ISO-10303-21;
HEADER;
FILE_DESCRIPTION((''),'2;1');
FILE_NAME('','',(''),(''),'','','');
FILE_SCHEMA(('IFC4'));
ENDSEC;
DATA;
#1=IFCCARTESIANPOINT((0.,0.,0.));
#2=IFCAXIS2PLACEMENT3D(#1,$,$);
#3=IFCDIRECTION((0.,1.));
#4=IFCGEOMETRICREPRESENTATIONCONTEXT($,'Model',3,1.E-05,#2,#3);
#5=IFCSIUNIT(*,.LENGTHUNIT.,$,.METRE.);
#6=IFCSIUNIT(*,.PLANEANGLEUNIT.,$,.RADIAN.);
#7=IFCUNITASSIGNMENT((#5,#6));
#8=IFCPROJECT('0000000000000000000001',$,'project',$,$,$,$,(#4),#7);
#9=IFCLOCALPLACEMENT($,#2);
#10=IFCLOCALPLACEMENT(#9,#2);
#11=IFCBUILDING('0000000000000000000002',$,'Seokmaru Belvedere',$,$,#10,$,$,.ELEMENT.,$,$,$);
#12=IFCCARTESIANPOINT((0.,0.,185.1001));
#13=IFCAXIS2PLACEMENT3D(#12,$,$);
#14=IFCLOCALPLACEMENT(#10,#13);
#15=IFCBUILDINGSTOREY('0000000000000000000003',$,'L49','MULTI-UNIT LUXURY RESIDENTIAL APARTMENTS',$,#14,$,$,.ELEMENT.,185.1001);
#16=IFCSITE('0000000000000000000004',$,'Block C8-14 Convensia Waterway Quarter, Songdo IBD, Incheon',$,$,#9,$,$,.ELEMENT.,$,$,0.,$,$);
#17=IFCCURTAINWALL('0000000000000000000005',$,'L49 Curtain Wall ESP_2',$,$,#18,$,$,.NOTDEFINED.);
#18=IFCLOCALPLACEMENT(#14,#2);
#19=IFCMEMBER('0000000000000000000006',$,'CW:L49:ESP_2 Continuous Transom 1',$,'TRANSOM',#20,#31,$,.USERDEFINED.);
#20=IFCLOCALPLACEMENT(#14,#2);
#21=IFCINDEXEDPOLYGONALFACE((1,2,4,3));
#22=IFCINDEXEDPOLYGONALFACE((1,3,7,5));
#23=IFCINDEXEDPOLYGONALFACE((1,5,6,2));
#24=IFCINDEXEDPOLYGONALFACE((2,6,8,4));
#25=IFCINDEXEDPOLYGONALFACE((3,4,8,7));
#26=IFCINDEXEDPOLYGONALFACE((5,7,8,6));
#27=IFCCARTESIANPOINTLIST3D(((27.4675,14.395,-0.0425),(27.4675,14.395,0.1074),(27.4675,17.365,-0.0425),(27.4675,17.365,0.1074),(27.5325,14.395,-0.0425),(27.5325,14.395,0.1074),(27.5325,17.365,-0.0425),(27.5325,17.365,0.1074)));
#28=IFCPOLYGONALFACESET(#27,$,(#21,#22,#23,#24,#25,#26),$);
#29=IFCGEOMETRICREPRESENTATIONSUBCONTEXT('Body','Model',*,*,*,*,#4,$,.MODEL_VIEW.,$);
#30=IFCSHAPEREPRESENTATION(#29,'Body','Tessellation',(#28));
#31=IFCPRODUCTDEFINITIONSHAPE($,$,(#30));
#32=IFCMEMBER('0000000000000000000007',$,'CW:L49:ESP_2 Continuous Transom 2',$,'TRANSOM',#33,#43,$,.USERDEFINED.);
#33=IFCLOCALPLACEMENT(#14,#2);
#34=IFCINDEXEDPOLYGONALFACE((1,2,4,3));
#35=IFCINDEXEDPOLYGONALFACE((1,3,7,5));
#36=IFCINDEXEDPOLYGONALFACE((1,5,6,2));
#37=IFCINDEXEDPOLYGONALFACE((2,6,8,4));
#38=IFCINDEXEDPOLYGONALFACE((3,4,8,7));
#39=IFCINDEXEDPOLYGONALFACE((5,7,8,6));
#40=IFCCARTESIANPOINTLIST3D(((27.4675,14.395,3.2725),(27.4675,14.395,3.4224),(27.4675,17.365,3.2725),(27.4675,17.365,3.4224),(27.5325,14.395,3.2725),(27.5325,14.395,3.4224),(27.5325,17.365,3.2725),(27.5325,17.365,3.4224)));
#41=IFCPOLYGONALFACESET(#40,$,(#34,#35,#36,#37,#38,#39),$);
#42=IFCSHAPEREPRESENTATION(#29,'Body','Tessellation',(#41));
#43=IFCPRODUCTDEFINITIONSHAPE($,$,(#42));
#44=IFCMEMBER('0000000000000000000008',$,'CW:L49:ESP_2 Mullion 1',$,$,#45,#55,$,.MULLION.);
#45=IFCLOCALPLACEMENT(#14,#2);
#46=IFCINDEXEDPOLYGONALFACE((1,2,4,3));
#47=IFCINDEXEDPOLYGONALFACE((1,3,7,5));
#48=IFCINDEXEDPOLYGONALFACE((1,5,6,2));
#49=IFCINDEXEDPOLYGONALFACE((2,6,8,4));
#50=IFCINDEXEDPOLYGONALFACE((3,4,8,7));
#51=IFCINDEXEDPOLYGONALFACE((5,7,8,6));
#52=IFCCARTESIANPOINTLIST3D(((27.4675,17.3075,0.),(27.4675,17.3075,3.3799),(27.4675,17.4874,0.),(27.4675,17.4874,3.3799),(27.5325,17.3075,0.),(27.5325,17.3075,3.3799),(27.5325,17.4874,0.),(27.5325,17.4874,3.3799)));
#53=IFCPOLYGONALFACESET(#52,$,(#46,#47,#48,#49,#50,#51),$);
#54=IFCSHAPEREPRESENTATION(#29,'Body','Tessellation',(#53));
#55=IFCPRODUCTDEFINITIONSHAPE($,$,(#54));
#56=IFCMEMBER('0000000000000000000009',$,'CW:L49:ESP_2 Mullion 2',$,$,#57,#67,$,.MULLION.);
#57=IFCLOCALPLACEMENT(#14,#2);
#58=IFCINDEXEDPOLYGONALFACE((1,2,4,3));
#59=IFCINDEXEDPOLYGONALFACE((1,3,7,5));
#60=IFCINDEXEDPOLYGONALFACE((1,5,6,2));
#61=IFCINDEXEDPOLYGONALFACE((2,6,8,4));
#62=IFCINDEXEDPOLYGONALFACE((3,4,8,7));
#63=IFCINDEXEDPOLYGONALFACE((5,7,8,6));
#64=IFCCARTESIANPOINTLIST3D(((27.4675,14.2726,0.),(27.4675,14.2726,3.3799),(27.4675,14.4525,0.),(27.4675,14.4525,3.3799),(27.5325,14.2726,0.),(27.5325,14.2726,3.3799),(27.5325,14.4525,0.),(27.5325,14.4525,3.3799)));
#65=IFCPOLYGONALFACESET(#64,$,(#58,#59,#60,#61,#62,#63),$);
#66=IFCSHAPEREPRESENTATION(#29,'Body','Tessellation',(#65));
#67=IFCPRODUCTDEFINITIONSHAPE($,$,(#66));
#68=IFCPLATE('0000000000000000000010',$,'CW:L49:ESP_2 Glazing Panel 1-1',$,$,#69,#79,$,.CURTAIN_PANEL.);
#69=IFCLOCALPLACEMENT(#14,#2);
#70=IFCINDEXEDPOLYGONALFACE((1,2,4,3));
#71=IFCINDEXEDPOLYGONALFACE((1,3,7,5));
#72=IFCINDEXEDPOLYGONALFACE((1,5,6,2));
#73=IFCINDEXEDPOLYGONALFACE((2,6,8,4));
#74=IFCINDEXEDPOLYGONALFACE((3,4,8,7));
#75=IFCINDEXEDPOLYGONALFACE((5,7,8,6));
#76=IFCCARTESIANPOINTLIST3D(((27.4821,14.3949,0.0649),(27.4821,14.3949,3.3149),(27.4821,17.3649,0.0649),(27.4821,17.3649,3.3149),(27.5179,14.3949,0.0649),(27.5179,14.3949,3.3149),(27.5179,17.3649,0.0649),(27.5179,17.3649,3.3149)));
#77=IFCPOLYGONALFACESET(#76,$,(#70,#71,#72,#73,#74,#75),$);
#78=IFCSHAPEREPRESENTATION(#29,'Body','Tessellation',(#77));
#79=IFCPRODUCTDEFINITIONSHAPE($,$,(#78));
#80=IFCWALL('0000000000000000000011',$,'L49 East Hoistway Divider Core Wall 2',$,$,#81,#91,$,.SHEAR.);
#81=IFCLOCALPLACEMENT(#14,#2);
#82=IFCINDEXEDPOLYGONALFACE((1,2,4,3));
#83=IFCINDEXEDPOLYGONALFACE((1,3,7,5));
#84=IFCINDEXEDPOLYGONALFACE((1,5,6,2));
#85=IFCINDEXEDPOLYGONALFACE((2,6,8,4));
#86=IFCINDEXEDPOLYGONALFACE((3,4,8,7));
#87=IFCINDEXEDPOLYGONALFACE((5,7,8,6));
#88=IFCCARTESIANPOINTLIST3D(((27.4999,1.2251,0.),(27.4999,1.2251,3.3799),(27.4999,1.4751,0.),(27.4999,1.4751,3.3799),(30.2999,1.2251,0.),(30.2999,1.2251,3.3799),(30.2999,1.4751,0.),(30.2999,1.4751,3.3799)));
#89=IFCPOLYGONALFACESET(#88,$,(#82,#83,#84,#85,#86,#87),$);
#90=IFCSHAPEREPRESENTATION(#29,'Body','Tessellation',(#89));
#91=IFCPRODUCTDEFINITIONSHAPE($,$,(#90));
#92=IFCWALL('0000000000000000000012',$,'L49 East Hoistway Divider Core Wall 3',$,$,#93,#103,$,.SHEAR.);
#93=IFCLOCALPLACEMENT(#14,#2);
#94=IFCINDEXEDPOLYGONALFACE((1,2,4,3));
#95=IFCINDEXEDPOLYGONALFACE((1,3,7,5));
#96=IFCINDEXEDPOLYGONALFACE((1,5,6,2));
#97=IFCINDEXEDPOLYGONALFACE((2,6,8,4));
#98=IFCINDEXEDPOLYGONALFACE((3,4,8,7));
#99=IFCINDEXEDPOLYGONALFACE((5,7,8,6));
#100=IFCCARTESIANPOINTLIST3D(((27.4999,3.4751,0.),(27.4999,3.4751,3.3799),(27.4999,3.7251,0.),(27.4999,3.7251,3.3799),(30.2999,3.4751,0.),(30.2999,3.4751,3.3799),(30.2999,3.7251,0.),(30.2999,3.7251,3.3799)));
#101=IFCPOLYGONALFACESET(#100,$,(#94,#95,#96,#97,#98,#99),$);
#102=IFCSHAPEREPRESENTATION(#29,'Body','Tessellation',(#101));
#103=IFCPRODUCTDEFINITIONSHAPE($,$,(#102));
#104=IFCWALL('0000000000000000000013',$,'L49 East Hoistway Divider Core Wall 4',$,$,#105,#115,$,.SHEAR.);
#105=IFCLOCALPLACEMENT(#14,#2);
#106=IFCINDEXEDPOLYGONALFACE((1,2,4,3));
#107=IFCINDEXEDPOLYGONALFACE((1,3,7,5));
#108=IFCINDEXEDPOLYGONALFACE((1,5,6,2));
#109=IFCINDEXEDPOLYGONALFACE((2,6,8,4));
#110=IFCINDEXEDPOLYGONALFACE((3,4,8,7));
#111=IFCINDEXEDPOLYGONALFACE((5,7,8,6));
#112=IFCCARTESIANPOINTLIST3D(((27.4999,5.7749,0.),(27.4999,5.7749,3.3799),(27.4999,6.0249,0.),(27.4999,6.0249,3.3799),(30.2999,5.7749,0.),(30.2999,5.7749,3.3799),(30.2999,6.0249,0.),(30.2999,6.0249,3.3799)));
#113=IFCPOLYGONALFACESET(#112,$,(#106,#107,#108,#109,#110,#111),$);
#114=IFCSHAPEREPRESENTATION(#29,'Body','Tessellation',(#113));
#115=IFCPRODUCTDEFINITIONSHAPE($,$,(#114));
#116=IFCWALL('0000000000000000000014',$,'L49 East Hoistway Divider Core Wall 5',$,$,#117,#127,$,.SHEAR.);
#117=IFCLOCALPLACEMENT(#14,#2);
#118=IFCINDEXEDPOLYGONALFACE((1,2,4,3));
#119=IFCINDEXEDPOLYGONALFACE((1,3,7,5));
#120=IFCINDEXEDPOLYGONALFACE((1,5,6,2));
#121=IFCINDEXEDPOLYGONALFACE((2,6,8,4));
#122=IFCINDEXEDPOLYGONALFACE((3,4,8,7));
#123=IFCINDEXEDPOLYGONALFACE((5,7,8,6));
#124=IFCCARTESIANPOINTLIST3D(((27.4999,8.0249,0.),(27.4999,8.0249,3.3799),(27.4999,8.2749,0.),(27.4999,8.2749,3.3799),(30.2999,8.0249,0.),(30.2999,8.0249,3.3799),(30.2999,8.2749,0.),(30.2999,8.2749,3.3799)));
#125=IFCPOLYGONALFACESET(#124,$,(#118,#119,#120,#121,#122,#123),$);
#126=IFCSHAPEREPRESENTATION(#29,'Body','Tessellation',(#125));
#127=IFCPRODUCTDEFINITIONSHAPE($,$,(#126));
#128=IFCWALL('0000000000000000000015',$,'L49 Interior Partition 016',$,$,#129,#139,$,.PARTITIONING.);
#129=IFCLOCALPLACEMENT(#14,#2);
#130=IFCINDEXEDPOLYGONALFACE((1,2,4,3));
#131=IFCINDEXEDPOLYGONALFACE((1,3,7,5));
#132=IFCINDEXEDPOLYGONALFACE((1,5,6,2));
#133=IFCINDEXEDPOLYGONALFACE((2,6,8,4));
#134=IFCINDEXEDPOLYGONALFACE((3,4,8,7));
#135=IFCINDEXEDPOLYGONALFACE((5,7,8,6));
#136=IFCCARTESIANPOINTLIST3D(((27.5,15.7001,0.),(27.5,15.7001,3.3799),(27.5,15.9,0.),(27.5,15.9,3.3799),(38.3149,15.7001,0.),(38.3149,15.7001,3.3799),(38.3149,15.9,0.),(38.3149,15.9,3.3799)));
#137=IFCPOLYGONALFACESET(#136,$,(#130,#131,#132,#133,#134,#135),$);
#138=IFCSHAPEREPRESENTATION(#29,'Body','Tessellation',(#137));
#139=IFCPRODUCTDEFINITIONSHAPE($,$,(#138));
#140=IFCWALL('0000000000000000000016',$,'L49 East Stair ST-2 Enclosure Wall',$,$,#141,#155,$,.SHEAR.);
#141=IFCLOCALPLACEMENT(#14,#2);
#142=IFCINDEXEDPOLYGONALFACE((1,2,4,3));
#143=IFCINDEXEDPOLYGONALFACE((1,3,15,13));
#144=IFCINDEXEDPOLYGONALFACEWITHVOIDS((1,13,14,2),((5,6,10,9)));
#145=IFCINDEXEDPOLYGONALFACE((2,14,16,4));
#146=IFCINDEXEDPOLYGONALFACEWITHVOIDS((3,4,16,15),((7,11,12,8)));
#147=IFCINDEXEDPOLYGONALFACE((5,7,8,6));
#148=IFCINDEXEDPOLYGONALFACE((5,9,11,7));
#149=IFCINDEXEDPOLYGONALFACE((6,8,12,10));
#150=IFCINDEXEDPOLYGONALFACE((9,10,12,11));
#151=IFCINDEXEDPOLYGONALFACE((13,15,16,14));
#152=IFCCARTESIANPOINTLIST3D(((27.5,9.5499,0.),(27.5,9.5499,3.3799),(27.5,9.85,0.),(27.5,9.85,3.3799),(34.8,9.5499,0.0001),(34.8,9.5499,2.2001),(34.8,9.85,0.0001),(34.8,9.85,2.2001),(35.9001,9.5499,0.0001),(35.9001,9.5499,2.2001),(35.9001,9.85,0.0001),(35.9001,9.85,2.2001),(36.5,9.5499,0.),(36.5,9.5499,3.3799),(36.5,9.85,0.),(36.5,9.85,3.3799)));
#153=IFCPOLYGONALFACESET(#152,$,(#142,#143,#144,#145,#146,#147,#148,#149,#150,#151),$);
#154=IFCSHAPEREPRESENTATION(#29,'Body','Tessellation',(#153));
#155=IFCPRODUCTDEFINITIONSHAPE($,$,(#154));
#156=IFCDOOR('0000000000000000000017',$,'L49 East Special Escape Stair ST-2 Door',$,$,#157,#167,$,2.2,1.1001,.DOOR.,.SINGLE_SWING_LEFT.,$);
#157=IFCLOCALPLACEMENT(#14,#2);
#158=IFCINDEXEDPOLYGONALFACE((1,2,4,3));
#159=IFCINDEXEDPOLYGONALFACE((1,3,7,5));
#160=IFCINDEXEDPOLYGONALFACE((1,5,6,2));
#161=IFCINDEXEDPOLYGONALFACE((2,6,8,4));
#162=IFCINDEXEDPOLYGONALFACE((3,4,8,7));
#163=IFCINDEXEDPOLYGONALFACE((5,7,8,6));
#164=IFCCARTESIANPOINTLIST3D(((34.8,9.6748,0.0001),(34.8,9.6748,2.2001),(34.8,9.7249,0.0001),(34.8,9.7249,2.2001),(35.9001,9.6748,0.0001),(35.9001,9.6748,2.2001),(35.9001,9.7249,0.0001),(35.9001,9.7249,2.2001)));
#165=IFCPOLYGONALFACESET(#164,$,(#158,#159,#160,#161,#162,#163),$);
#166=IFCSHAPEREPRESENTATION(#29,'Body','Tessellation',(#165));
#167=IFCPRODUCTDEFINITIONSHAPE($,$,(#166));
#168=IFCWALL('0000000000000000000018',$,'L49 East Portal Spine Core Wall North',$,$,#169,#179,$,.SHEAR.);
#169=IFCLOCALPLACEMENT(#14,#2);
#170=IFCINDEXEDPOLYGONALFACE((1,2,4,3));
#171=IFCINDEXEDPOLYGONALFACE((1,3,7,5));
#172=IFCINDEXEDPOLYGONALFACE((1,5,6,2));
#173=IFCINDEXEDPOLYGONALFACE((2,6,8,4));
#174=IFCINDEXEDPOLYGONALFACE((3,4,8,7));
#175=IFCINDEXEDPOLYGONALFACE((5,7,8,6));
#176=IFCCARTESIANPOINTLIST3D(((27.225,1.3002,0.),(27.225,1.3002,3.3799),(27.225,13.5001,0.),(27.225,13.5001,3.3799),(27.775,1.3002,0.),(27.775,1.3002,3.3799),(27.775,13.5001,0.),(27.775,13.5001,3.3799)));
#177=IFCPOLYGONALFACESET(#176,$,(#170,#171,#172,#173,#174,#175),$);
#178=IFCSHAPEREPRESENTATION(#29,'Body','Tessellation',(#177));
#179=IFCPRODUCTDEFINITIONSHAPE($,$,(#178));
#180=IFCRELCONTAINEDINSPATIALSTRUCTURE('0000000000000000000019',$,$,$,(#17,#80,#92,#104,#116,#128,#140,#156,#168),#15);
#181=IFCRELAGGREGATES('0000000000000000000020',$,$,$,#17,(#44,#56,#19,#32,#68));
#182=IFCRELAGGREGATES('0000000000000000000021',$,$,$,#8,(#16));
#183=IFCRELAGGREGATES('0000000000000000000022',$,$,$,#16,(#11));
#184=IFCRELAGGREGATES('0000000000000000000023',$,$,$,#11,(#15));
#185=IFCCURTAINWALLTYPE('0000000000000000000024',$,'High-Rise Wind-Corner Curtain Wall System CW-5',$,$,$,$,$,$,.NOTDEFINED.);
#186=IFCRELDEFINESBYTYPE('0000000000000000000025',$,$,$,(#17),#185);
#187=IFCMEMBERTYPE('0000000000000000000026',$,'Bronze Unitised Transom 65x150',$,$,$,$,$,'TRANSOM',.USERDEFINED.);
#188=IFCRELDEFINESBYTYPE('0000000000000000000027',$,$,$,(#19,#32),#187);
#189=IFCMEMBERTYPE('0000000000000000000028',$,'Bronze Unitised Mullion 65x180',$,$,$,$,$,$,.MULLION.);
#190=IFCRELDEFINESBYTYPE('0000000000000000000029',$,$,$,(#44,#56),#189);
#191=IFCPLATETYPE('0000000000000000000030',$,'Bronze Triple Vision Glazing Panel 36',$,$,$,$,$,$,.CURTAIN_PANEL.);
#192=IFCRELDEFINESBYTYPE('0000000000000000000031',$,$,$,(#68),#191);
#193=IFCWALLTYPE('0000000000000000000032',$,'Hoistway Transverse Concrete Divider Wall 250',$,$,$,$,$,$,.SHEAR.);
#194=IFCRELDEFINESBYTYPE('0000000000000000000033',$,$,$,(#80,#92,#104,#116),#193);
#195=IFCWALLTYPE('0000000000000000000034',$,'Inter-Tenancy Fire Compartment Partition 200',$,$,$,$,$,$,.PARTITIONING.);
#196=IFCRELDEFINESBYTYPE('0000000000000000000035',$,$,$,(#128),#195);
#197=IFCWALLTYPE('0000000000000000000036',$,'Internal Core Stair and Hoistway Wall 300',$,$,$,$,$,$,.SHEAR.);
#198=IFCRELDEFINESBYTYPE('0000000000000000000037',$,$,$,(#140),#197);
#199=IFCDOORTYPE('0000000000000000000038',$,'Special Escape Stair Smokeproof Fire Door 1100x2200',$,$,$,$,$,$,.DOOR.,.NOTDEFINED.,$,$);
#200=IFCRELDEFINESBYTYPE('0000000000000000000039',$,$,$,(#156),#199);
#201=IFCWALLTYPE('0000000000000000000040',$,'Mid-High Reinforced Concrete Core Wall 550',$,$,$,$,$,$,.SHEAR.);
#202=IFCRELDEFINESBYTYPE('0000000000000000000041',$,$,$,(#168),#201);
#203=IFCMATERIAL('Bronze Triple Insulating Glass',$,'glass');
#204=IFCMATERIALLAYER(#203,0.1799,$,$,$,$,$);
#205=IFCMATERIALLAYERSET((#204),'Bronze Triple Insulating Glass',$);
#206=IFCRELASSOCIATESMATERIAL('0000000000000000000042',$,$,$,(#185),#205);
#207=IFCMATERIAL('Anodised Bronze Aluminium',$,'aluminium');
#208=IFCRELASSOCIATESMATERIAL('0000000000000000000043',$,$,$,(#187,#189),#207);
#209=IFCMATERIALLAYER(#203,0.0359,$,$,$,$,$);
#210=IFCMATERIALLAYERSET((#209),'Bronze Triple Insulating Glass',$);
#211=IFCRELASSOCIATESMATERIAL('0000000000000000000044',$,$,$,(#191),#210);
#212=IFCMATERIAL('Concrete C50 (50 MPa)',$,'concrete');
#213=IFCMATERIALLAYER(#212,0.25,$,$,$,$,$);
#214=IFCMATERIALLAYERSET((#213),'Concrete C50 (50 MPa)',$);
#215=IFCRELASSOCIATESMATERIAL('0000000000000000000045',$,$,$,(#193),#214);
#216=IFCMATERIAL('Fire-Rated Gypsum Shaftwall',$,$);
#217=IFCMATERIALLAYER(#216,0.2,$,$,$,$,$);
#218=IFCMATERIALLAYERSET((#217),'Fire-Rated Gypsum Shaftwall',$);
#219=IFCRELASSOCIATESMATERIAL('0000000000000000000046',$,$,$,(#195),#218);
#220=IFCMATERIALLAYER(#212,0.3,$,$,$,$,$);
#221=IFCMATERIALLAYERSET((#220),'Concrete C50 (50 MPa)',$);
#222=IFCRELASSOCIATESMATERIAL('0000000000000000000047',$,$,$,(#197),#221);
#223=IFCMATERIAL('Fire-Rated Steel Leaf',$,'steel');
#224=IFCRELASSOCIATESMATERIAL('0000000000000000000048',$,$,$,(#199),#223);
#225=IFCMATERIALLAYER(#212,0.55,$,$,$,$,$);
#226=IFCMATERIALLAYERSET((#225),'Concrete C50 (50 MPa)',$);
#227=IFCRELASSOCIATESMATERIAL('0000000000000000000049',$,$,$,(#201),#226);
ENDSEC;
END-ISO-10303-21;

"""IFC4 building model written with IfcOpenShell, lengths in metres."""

from ifc_helpers import new_model, si_unit, direction, frame, frame_2d, origin, origin_2d, place, context, subcontext, project, spatial, rectangle, extrude, source, transform, mapped, material, layer, layer_set, material_profile, profile_set, type_object, type_shapes, element, fill, aggregate, save


model = new_model("IFC4")

# Units and contexts
model_context = context("Model", 3, precision=1e-05, world=origin(), true_north=direction((0.0, 1.0)))
body_context = subcontext(model_context, "Body", "Model", "MODEL_VIEW")
ifc_project = project(units=[si_unit("LENGTHUNIT", "METRE"), si_unit("PLANEANGLEUNIT", "RADIAN")], contexts=[model_context])

# Site, building, storey
site_placement = place(None, origin())
site = spatial("IfcSite", under=ifc_project, at=site_placement, Name="Block C8-14 Convensia Waterway Quarter, Songdo IBD, Incheon", CompositionType="ELEMENT", RefElevation=0.0)
building_placement = place(site_placement, origin())
building = spatial("IfcBuilding", under=site, at=building_placement, Name="Seokmaru Belvedere", CompositionType="ELEMENT")
storey_placement = place(building_placement, frame((0.0, 0.0, 185.1001)))
storey = spatial("IfcBuildingStorey", under=building, at=storey_placement, Name="L49", Description="MULTI-UNIT LUXURY RESIDENTIAL APARTMENTS", CompositionType="ELEMENT", Elevation=185.1001)

# Curtain wall, members, plate
ifc_material_1 = material(Name="Bronze Triple Insulating Glass", Category="glass")
ifc_layer_1 = layer(ifc_material_1, 0.1799)
ifc_layer_set_1 = layer_set([ifc_layer_1], Name="Bronze Triple Insulating Glass")
curtain_wall_type = type_object("IfcCurtainWallType", Name="High-Rise Wind-Corner Curtain Wall System CW-5", PredefinedType="NOTDEFINED", material=ifc_layer_set_1)
curtain_wall_placement = place(storey_placement, origin())
curtain_wall = element("IfcCurtainWall", 1, at=curtain_wall_placement, inside=storey, type_object=curtain_wall_type, Name="L49 Curtain Wall ESP_2", PredefinedType="NOTDEFINED")
ifc_material_2 = material(Name="Anodised Bronze Aluminium", Category="aluminium")
ifc_material_profile_1 = material_profile(ifc_material_2, rectangle(XDim=0.0649, YDim=0.1499, at=origin_2d()), Name="CW-T-65x150")
ifc_profile_set_1 = profile_set([ifc_material_profile_1], Name="Anodised Bronze Aluminium")
member_type_1 = type_object("IfcMemberType", Name="Bronze Unitised Transom 65x150", ElementType="TRANSOM", PredefinedType="USERDEFINED", material=ifc_profile_set_1)
shared_shape_1 = source(origin(), body_context, "Body", "SweptSolid", [
    extrude(rectangle(XDim=0.0649, YDim=0.1499, at=origin_2d()), origin(), (0.0, 0.0, 1.0), 2.97),
])
type_shapes(member_type_1, [shared_shape_1])
member_1_placement = place(storey_placement, frame((27.5, 17.365, 0.0325), z_axis=(0.0, -1.0, 0.0), x_axis=(1.0, 0.0, 0.0)))
member_1 = element("IfcMember", 2, at=member_1_placement, type_object=member_type_1, Name="CW:L49:ESP_2 Continuous Transom 1", ObjectType="TRANSOM", PredefinedType="USERDEFINED", context=body_context, shape_type="MappedRepresentation", body=[
    mapped(shared_shape_1, transform((0.0, 0.0, 0.0), scale=1.0)),
])
member_2_placement = place(storey_placement, frame((27.5, 17.365, 3.3474), z_axis=(0.0, -1.0, 0.0), x_axis=(1.0, 0.0, 0.0)))
member_2 = element("IfcMember", 3, at=member_2_placement, type_object=member_type_1, Name="CW:L49:ESP_2 Continuous Transom 2", ObjectType="TRANSOM", PredefinedType="USERDEFINED", context=body_context, shape_type="MappedRepresentation", body=[
    mapped(shared_shape_1, transform((0.0, 0.0, 0.0), scale=1.0)),
])
ifc_material_profile_2 = material_profile(ifc_material_2, rectangle(XDim=0.0649, YDim=0.1799, at=origin_2d()), Name="CW-M-65x180")
ifc_profile_set_2 = profile_set([ifc_material_profile_2], Name="Anodised Bronze Aluminium")
member_type_2 = type_object("IfcMemberType", Name="Bronze Unitised Mullion 65x180", PredefinedType="MULLION", material=ifc_profile_set_2)
shared_shape_2 = source(origin(), body_context, "Body", "SweptSolid", [
    extrude(rectangle(XDim=0.0649, YDim=0.1799, at=origin_2d()), origin(), (0.0, 0.0, 1.0), 3.3799),
])
type_shapes(member_type_2, [shared_shape_2])
member_3_placement = place(storey_placement, frame((27.5, 17.3975, 0.0), z_axis=(0.0, 0.0, 1.0), x_axis=(1.0, 0.0, 0.0)))
member_3 = element("IfcMember", 4, at=member_3_placement, type_object=member_type_2, Name="CW:L49:ESP_2 Mullion 1", PredefinedType="MULLION", context=body_context, shape_type="MappedRepresentation", body=[
    mapped(shared_shape_2, transform((0.0, 0.0, 0.0), scale=1.0)),
])
member_4_placement = place(storey_placement, frame((27.5, 14.3625, 0.0), z_axis=(0.0, 0.0, 1.0), x_axis=(1.0, 0.0, 0.0)))
member_4 = element("IfcMember", 5, at=member_4_placement, type_object=member_type_2, Name="CW:L49:ESP_2 Mullion 2", PredefinedType="MULLION", context=body_context, shape_type="MappedRepresentation", body=[
    mapped(shared_shape_2, transform((0.0, 0.0, 0.0), scale=1.0)),
])
ifc_layer_2 = layer(ifc_material_1, 0.0359)
ifc_layer_set_2 = layer_set([ifc_layer_2], Name="Bronze Triple Insulating Glass")
plate_type = type_object("IfcPlateType", Name="Bronze Triple Vision Glazing Panel 36", PredefinedType="CURTAIN_PANEL", material=ifc_layer_set_2)
shared_shape_3 = source(origin(), body_context, "Body", "SweptSolid", [
    extrude(rectangle(XDim=2.97, YDim=0.0359, at=origin_2d()), origin(), (0.0, 0.0, 1.0), 3.25),
])
type_shapes(plate_type, [shared_shape_3])
plate_placement = place(storey_placement, frame((27.5, 15.8799, 0.0649), z_axis=(0.0, 0.0, 1.0), x_axis=(0.0, -1.0, 0.0)))
plate = element("IfcPlate", 6, at=plate_placement, type_object=plate_type, Name="CW:L49:ESP_2 Glazing Panel 1-1", PredefinedType="CURTAIN_PANEL", context=body_context, shape_type="MappedRepresentation", body=[
    mapped(shared_shape_3, transform((0.0, 0.0, 0.0), scale=1.0)),
])
aggregate(curtain_wall, [member_3, member_4, member_1, member_2, plate])

# Walls
ifc_material_3 = material(Name="Concrete C50 (50 MPa)", Category="concrete")
ifc_layer_3 = layer(ifc_material_3, 0.25)
ifc_layer_set_3 = layer_set([ifc_layer_3], Name="Concrete C50 (50 MPa)")
wall_type_1 = type_object("IfcWallType", Name="Hoistway Transverse Concrete Divider Wall 250", PredefinedType="SHEAR", material=ifc_layer_set_3)
for number, where, z_axis, x_axis, name in (
    (7, (27.5, 1.3501, 0.0), (0.0, 0.0, 1.0), (1.0, 0.0, 0.0), "L49 East Hoistway Divider Core Wall 2"),
    (8, (27.5, 3.6001, 0.0), (0.0, 0.0, 1.0), (1.0, 0.0, 0.0), "L49 East Hoistway Divider Core Wall 3"),
    (9, (27.5, 5.8999, 0.0), (0.0, 0.0, 1.0), (1.0, 0.0, 0.0), "L49 East Hoistway Divider Core Wall 4"),
    (10, (27.5, 8.1499, 0.0), (0.0, 0.0, 1.0), (1.0, 0.0, 0.0), "L49 East Hoistway Divider Core Wall 5"),
):
    element("IfcWall", number, at=place(storey_placement, frame(where, z_axis=z_axis, x_axis=x_axis)), inside=storey, type_object=wall_type_1, Name=name, PredefinedType="SHEAR", context=body_context, shape_type="SweptSolid", body=[
        extrude(rectangle(XDim=2.8, YDim=0.25, at=frame_2d((1.3999, 0.0))), origin(), (0.0, 0.0, 1.0), 3.3799),
    ])
ifc_material_4 = material(Name="Fire-Rated Gypsum Shaftwall")
ifc_layer_4 = layer(ifc_material_4, 0.2)
ifc_layer_set_4 = layer_set([ifc_layer_4], Name="Fire-Rated Gypsum Shaftwall")
wall_type_2 = type_object("IfcWallType", Name="Inter-Tenancy Fire Compartment Partition 200", PredefinedType="PARTITIONING", material=ifc_layer_set_4)
wall_1_placement = place(storey_placement, frame((27.5, 15.8, 0.0), z_axis=(0.0, 0.0, 1.0), x_axis=(1.0, 0.0, 0.0)))
element("IfcWall", 11, at=wall_1_placement, inside=storey, type_object=wall_type_2, Name="L49 Interior Partition 016", PredefinedType="PARTITIONING", context=body_context, shape_type="SweptSolid", body=[
    extrude(rectangle(XDim=10.8149, YDim=0.2, at=frame_2d((5.4075, 0.0))), origin(), (0.0, 0.0, 1.0), 3.3799),
])

# Wall, opening, door
ifc_layer_5 = layer(ifc_material_3, 0.3)
ifc_layer_set_5 = layer_set([ifc_layer_5], Name="Concrete C50 (50 MPa)")
wall_type_3 = type_object("IfcWallType", Name="Internal Core Stair and Hoistway Wall 300", PredefinedType="SHEAR", material=ifc_layer_set_5)
wall_2_placement = place(storey_placement, frame((27.5, 9.7, 0.0), z_axis=(0.0, 0.0, 1.0), x_axis=(1.0, 0.0, 0.0)))
wall_2 = element("IfcWall", 12, at=wall_2_placement, inside=storey, type_object=wall_type_3, Name="L49 East Stair ST-2 Enclosure Wall", PredefinedType="SHEAR", context=body_context, shape_type="SweptSolid", body=[
    extrude(rectangle(XDim=9.0, YDim=0.3, at=frame_2d((4.5, 0.0))), origin(), (0.0, 0.0, 1.0), 3.3799),
])
opening_placement = place(wall_2_placement, frame((7.3, 0.0, 0.0)))
opening = element("IfcOpeningElement", 13, at=opening_placement, cuts=wall_2, PredefinedType="OPENING", context=body_context, shape_type="SweptSolid", body=[
    extrude(rectangle(XDim=1.1001, YDim=2.2, at=frame_2d((0.55, 1.1001))), frame((0.0, 0.1602, 0.0), z_axis=(0.0, -1.0, 0.0), x_axis=(1.0, 0.0, 0.0)), (0.0, 0.0, 1.0), 0.3201),
])
ifc_material_5 = material(Name="Fire-Rated Steel Leaf", Category="steel")
door_type = type_object("IfcDoorType", Name="Special Escape Stair Smokeproof Fire Door 1100x2200", OperationType="NOTDEFINED", PredefinedType="DOOR", material=ifc_material_5)
shared_shape_4 = source(origin(), body_context, "Body", "SweptSolid", [
    extrude(rectangle(XDim=1.1001, YDim=2.2, at=frame_2d((0.55, 1.1001))), frame((0.0, 0.0249, 0.0), z_axis=(0.0, -1.0, 0.0), x_axis=(1.0, 0.0, 0.0)), (0.0, 0.0, 1.0), 0.05),
])
type_shapes(door_type, [shared_shape_4])
door_placement = place(opening_placement, origin())
door = element("IfcDoor", 14, at=door_placement, inside=storey, type_object=door_type, Name="L49 East Special Escape Stair ST-2 Door", OperationType="SINGLE_SWING_LEFT", OverallHeight=2.2, OverallWidth=1.1001, PredefinedType="DOOR", context=body_context, shape_type="MappedRepresentation", body=[
    mapped(shared_shape_4, transform((0.0, 0.0, 0.0), scale=1.0)),
])
fill(opening, door)

# Wall
ifc_layer_6 = layer(ifc_material_3, 0.55)
ifc_layer_set_6 = layer_set([ifc_layer_6], Name="Concrete C50 (50 MPa)")
wall_type_4 = type_object("IfcWallType", Name="Mid-High Reinforced Concrete Core Wall 550", PredefinedType="SHEAR", material=ifc_layer_set_6)
wall_3_placement = place(storey_placement, frame((27.5, 1.3, 0.0), z_axis=(0.0, 0.0, 1.0), x_axis=(0.0, 1.0, 0.0)))
element("IfcWall", 15, at=wall_3_placement, inside=storey, type_object=wall_type_4, Name="L49 East Portal Spine Core Wall North", PredefinedType="SHEAR", context=body_context, shape_type="SweptSolid", body=[
    extrude(rectangle(XDim=12.2, YDim=0.55, at=frame_2d((6.1001, 0.0))), origin(), (0.0, 0.0, 1.0), 3.3799),
])

save(model, "model.ifc")
